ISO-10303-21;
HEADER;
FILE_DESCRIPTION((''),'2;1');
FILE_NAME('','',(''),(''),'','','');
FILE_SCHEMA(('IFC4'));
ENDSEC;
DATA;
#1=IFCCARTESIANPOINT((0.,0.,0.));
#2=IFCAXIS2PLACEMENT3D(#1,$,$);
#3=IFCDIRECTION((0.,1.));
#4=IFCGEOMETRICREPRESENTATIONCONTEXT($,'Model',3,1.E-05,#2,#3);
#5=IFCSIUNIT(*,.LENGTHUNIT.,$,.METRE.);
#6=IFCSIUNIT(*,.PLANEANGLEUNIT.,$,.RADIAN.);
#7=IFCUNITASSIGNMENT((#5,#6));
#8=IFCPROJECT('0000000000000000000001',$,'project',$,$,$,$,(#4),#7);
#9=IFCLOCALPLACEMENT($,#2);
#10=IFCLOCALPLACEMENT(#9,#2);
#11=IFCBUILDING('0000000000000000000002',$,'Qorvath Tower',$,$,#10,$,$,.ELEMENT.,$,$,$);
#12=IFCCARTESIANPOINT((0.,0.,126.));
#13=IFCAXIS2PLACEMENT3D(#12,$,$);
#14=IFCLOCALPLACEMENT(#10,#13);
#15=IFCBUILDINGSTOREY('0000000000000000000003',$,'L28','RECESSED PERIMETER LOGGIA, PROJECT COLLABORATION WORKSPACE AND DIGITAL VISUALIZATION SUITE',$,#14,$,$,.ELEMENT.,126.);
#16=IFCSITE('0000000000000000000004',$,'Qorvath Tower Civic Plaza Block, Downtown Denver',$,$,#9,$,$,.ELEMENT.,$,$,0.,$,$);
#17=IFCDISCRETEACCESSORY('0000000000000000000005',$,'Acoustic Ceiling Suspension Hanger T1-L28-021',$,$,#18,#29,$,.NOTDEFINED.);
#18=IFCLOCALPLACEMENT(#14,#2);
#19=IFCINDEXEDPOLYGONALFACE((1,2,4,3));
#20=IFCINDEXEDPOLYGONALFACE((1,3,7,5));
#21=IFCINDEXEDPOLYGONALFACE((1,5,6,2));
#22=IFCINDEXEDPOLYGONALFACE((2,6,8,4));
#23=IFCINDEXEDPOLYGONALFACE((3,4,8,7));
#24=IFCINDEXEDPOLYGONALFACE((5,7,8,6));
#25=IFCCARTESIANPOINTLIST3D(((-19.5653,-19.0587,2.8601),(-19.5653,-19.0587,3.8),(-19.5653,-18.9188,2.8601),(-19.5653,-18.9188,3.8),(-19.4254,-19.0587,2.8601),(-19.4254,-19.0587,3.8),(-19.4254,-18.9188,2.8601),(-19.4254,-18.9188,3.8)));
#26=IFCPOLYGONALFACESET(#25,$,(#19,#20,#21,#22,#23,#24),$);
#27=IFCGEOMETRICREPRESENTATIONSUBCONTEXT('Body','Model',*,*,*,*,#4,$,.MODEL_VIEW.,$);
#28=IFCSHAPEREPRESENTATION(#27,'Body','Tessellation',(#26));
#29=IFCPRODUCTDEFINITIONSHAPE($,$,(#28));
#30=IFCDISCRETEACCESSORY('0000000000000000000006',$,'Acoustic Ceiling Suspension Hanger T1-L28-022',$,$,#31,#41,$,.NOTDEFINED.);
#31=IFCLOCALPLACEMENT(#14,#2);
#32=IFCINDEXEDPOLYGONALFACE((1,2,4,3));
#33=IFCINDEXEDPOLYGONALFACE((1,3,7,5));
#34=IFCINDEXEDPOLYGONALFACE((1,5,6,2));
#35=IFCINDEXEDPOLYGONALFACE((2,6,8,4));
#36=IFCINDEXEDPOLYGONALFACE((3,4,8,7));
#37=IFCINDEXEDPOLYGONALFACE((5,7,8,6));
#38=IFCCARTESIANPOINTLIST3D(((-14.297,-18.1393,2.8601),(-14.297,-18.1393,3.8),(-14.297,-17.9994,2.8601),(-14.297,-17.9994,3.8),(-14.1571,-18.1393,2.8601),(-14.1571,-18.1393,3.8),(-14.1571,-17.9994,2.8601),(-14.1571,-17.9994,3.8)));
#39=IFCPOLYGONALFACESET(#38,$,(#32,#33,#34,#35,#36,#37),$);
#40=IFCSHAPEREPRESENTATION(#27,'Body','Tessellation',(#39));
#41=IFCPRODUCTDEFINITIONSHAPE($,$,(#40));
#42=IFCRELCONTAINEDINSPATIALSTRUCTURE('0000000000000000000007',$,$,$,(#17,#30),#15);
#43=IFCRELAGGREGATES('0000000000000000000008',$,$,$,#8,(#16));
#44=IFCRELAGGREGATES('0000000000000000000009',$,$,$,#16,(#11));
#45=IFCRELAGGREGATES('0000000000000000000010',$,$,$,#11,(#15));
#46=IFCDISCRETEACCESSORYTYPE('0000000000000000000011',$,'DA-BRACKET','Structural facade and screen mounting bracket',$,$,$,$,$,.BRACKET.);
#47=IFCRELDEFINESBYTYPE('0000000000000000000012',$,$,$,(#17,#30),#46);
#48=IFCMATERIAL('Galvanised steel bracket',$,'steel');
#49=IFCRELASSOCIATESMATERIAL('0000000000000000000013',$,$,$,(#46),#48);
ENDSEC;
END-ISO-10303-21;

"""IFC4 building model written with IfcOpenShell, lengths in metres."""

from ifc_helpers import new_model, si_unit, direction, frame, origin, origin_2d, place, context, subcontext, project, spatial, rectangle, extrude, material, type_object, element, save


model = new_model("IFC4")

# Units and contexts
model_context = context("Model", 3, precision=1e-05, world=origin(), true_north=direction((0.0, 1.0)))
body_context = subcontext(model_context, "Body", "Model", "MODEL_VIEW")
ifc_project = project(units=[si_unit("LENGTHUNIT", "METRE"), si_unit("PLANEANGLEUNIT", "RADIAN")], contexts=[model_context])

# Site, building, storey
site_placement = place(None, origin())
site = spatial("IfcSite", under=ifc_project, at=site_placement, Name="Qorvath Tower Civic Plaza Block, Downtown Denver", CompositionType="ELEMENT", RefElevation=0.0)
building_placement = place(site_placement, origin())
building = spatial("IfcBuilding", under=site, at=building_placement, Name="Qorvath Tower", CompositionType="ELEMENT")
storey_placement = place(building_placement, frame((0.0, 0.0, 126.0)))
storey = spatial("IfcBuildingStorey", under=building, at=storey_placement, Name="L28", Description="RECESSED PERIMETER LOGGIA, PROJECT COLLABORATION WORKSPACE AND DIGITAL VISUALIZATION SUITE", CompositionType="ELEMENT", Elevation=126.0)

# Discrete accessories
ifc_material_1 = material(Name="Galvanised steel bracket", Category="steel")
discrete_accessory_type = type_object("IfcDiscreteAccessoryType", Name="DA-BRACKET", Description="Structural facade and screen mounting bracket", PredefinedType="BRACKET", material=ifc_material_1)
for number, where, z_axis, x_axis, name in (
    (1, (-19.4954, -18.9888, 2.8601), (0.0, 0.0, 1.0), (1.0, 0.0, 0.0), "Acoustic Ceiling Suspension Hanger T1-L28-021"),
    (2, (-14.2271, -18.0693, 2.8601), (0.0, 0.0, 1.0), (1.0, 0.0, 0.0), "Acoustic Ceiling Suspension Hanger T1-L28-022"),
):
    element("IfcDiscreteAccessory", number, at=place(storey_placement, frame(where, z_axis=z_axis, x_axis=x_axis)), inside=storey, type_object=discrete_accessory_type, Name=name, PredefinedType="NOTDEFINED", context=body_context, shape_type="SweptSolid", body=[
        extrude(rectangle(XDim=0.1399, YDim=0.1399, at=origin_2d()), origin(), (0.0, 0.0, 1.0), 0.9399),
    ])

save(model, "model.ifc")
